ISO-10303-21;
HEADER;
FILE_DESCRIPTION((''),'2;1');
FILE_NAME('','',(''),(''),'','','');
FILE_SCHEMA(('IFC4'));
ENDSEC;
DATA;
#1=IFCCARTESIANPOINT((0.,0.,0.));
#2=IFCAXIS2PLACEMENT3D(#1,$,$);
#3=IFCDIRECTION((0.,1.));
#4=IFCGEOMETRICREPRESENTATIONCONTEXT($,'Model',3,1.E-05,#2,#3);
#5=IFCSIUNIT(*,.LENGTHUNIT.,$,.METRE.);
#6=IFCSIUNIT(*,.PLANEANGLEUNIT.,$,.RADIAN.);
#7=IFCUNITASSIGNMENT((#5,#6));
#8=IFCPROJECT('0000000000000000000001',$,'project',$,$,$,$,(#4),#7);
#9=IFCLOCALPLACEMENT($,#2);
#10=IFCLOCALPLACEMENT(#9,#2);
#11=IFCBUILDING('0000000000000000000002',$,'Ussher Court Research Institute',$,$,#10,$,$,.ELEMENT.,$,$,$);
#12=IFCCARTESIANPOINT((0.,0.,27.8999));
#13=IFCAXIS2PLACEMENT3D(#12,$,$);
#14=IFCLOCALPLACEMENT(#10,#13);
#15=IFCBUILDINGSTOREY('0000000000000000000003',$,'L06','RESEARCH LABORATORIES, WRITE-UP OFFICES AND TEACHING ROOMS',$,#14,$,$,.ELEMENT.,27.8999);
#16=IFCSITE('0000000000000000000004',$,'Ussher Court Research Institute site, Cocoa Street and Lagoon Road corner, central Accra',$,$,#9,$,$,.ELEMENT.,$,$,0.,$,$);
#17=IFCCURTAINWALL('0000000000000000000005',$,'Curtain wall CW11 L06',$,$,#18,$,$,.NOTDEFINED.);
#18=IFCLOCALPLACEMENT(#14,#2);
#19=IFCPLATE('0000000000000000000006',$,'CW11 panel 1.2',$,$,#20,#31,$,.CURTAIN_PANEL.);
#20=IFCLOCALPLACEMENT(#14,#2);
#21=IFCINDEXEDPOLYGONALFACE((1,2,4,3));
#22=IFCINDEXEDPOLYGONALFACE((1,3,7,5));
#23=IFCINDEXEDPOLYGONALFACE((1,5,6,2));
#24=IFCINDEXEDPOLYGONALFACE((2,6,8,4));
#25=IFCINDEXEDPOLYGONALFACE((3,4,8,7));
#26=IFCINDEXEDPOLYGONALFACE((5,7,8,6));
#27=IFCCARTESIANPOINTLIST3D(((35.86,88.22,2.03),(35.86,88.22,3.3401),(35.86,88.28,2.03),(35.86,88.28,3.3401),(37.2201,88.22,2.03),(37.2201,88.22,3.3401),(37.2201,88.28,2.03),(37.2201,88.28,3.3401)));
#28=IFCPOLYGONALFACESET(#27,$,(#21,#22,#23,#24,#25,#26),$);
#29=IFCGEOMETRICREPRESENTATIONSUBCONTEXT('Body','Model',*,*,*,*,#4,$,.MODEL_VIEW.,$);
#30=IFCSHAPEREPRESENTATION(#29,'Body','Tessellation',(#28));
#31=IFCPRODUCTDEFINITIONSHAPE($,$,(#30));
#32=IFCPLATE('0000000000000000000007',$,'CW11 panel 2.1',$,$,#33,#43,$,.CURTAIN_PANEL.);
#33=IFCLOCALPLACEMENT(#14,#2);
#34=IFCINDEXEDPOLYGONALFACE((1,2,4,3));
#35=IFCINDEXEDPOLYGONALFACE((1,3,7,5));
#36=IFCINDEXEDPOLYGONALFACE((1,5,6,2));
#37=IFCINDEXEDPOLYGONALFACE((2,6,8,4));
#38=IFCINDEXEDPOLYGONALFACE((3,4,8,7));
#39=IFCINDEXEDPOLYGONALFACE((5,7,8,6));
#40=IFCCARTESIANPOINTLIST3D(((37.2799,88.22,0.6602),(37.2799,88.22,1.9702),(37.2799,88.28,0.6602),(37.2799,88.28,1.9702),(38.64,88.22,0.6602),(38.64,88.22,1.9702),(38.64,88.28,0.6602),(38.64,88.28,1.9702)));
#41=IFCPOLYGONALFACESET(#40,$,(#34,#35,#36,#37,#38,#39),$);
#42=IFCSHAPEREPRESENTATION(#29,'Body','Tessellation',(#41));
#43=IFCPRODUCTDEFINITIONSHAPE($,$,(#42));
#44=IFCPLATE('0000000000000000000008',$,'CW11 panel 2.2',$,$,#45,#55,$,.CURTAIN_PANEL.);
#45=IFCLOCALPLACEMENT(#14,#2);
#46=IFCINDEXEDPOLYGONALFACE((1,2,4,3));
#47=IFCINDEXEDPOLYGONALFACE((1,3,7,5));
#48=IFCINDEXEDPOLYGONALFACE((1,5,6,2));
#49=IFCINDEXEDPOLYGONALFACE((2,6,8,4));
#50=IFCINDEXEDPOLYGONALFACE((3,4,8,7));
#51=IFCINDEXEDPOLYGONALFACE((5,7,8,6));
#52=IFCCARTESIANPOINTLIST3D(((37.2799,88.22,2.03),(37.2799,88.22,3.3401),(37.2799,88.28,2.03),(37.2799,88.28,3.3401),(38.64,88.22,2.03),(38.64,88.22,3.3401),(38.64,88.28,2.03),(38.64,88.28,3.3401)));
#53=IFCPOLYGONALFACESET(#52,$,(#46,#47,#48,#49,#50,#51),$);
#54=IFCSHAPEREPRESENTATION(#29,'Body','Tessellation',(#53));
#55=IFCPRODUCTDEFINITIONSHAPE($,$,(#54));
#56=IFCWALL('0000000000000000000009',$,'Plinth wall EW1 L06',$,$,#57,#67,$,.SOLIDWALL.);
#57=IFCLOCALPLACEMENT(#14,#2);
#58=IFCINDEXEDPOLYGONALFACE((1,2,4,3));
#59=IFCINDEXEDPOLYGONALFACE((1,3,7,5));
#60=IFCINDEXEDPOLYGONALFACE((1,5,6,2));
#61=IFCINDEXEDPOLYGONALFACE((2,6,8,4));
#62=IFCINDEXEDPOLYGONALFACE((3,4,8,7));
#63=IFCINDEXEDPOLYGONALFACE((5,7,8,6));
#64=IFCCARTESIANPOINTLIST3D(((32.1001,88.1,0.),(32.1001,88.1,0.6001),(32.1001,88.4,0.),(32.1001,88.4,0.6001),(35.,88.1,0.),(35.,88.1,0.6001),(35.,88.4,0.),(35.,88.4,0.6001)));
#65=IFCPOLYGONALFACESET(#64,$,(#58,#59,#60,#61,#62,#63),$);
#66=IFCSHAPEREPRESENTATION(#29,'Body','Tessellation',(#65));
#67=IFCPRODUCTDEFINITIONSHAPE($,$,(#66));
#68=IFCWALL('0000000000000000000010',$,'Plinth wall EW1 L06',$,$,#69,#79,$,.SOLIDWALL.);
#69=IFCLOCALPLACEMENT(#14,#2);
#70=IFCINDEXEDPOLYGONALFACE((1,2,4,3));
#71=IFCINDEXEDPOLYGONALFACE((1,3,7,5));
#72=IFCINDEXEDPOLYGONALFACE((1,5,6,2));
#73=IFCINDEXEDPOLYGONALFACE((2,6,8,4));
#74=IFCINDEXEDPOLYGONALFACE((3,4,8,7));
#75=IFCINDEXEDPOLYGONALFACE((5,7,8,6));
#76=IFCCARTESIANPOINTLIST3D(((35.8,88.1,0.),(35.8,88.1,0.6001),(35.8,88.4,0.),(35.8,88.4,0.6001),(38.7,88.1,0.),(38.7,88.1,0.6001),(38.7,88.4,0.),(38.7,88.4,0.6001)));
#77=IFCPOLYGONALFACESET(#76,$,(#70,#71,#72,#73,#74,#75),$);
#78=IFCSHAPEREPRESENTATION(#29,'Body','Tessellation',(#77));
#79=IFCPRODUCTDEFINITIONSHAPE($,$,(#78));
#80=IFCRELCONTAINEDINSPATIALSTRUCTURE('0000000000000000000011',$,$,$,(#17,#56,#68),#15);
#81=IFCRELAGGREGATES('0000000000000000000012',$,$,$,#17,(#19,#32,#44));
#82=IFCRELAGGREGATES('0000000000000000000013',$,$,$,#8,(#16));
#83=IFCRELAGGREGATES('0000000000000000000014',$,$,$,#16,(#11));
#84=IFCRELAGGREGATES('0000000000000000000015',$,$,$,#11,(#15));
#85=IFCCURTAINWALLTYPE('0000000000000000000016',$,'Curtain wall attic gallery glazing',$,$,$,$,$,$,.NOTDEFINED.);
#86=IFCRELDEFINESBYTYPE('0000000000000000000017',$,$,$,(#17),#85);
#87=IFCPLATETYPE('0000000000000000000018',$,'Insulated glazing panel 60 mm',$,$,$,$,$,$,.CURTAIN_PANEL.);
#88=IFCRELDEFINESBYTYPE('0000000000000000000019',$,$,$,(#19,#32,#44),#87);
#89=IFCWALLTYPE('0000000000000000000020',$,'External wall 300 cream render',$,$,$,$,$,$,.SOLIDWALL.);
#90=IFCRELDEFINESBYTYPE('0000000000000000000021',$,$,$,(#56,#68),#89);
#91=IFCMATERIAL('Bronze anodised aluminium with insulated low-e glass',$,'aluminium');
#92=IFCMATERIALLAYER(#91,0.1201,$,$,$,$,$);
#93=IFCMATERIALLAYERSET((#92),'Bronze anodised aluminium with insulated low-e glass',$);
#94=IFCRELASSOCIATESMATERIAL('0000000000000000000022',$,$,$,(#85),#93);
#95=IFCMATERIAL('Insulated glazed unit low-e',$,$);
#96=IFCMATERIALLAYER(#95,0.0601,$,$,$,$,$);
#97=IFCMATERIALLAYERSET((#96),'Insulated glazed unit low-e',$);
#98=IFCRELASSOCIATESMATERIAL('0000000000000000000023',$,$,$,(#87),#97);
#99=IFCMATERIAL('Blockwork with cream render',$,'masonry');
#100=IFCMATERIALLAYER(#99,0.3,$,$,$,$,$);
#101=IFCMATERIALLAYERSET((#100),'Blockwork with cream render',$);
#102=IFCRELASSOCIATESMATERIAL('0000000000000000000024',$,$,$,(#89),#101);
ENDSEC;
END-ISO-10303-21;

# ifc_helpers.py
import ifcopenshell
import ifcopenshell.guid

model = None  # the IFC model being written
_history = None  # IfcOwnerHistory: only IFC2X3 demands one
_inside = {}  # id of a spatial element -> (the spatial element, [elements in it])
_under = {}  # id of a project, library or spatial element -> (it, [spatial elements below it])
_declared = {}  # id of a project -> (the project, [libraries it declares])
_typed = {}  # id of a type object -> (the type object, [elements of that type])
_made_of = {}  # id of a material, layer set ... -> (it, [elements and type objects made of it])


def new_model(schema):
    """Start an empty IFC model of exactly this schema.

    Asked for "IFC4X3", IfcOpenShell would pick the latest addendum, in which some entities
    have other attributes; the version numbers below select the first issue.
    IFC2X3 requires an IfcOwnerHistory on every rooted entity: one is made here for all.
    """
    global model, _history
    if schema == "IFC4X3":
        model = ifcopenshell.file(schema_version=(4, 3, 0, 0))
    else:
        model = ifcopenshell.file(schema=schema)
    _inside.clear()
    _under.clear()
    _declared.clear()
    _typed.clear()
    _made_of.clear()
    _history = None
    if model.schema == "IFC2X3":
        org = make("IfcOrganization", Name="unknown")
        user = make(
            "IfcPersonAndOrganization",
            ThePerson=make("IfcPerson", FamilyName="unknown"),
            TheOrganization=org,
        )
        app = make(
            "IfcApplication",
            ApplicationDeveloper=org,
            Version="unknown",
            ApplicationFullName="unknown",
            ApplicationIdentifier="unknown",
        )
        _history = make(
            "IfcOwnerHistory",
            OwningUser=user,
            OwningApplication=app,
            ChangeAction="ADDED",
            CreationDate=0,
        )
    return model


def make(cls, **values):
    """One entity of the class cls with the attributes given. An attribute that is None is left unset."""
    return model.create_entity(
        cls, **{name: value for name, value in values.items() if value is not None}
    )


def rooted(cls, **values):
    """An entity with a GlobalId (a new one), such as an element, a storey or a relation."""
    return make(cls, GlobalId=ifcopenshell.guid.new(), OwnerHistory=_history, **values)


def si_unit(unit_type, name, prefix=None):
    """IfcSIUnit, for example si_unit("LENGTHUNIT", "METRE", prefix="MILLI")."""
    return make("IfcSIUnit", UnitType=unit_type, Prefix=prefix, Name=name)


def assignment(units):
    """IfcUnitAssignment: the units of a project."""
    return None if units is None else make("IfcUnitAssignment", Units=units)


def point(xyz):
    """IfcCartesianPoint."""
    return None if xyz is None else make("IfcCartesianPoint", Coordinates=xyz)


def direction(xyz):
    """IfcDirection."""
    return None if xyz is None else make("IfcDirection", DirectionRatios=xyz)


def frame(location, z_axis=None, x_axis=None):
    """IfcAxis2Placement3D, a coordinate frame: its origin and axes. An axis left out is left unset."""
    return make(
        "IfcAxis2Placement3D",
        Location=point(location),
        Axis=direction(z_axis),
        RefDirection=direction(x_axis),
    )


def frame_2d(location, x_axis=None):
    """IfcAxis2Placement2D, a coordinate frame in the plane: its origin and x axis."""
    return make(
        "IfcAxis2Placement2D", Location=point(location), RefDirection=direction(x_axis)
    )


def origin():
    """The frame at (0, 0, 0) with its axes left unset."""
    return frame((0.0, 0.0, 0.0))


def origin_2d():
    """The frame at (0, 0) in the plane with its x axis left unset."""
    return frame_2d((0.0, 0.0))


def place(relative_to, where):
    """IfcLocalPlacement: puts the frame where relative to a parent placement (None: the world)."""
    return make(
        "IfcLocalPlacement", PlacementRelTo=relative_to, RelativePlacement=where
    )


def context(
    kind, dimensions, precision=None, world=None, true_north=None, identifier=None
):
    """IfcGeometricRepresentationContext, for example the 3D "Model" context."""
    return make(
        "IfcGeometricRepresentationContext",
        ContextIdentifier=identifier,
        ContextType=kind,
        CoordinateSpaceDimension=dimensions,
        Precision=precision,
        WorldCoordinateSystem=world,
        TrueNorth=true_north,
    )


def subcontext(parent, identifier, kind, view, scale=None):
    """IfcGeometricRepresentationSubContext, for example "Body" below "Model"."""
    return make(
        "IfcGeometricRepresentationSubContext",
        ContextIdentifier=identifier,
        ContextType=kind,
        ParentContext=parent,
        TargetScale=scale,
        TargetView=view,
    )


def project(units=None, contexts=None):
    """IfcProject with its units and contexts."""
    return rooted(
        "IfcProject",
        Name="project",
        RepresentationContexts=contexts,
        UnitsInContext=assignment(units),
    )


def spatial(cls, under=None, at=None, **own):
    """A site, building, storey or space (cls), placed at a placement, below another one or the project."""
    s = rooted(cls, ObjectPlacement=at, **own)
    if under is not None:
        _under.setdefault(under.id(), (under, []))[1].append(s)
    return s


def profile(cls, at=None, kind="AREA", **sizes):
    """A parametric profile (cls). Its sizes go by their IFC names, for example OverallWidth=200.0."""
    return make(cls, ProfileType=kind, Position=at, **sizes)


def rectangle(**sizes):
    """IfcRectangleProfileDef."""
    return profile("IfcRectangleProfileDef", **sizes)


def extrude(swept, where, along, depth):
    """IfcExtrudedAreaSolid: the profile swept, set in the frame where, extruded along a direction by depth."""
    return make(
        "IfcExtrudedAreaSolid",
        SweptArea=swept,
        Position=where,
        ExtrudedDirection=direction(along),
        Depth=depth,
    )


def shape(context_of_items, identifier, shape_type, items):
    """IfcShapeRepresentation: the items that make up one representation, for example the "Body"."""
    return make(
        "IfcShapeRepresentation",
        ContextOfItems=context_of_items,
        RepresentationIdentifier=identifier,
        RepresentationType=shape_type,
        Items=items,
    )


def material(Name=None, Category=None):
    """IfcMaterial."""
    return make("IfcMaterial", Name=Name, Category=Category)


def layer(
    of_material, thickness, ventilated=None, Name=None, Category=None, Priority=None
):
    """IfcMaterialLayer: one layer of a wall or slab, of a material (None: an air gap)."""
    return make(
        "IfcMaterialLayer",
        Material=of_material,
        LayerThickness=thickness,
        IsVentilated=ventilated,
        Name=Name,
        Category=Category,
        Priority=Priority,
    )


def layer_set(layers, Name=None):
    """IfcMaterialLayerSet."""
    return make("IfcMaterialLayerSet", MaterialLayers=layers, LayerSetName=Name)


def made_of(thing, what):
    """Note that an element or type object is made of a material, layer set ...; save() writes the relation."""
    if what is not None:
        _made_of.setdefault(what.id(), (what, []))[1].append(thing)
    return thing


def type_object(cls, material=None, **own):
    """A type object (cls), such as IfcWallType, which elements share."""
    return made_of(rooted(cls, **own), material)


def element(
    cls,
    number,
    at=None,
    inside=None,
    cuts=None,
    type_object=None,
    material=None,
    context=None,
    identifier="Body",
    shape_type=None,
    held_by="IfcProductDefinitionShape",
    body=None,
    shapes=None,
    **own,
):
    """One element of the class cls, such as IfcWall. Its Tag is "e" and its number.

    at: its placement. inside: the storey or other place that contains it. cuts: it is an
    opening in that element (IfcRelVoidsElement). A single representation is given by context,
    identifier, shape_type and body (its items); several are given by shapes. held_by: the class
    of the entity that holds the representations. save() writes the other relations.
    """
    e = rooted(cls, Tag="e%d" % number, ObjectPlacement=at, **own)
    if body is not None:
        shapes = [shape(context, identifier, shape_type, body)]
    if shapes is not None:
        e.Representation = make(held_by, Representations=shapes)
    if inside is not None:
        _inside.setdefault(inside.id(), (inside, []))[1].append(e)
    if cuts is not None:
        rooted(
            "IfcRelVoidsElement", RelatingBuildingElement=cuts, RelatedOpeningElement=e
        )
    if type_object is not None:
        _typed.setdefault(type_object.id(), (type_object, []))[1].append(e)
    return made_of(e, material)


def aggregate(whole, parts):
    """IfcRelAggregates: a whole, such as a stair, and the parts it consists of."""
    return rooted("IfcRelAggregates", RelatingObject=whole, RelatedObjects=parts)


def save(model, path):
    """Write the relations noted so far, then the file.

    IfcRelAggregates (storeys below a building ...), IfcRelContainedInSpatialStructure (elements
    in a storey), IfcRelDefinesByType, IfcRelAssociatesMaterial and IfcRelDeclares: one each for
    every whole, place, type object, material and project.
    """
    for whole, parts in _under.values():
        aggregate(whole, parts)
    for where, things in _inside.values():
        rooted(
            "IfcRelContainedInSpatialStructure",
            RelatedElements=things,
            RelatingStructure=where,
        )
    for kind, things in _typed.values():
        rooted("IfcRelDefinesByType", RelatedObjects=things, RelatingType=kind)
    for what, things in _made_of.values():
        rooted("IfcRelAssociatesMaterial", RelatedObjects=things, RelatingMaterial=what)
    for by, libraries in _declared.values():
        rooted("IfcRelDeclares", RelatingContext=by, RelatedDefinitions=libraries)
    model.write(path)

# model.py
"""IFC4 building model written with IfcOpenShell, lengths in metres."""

from ifc_helpers import new_model, si_unit, direction, frame, frame_2d, origin, origin_2d, place, context, subcontext, project, spatial, rectangle, extrude, material, layer, layer_set, type_object, element, aggregate, save


model = new_model("IFC4")

# Units and contexts
model_context = context("Model", 3, precision=1e-05, world=origin(), true_north=direction((0.0, 1.0)))
body_context = subcontext(model_context, "Body", "Model", "MODEL_VIEW")
ifc_project = project(units=[si_unit("LENGTHUNIT", "METRE"), si_unit("PLANEANGLEUNIT", "RADIAN")], contexts=[model_context])

# Site, building, storey
site_placement = place(None, origin())
site = spatial("IfcSite", under=ifc_project, at=site_placement, Name="Ussher Court Research Institute site, Cocoa Street and Lagoon Road corner, central Accra", CompositionType="ELEMENT", RefElevation=0.0)
building_placement = place(site_placement, origin())
building = spatial("IfcBuilding", under=site, at=building_placement, Name="Ussher Court Research Institute", CompositionType="ELEMENT")
storey_placement = place(building_placement, frame((0.0, 0.0, 27.8999)))
storey = spatial("IfcBuildingStorey", under=building, at=storey_placement, Name="L06", Description="RESEARCH LABORATORIES, WRITE-UP OFFICES AND TEACHING ROOMS", CompositionType="ELEMENT", Elevation=27.8999)

# Shared definitions
ifc_material_1 = material(Name="Bronze anodised aluminium with insulated low-e glass", Category="aluminium")
ifc_layer_1 = layer(ifc_material_1, 0.1201)
ifc_layer_set_1 = layer_set([ifc_layer_1], Name="Bronze anodised aluminium with insulated low-e glass")
curtain_wall_type = type_object("IfcCurtainWallType", Name="Curtain wall attic gallery glazing", PredefinedType="NOTDEFINED", material=ifc_layer_set_1)

# Curtain wall
curtain_wall_1_placement = place(storey_placement, origin())
curtain_wall_1 = element("IfcCurtainWall", 1, at=curtain_wall_1_placement, inside=storey, type_object=curtain_wall_type, Name="Curtain wall CW11 L06", PredefinedType="NOTDEFINED")

# Plates
ifc_material_2 = material(Name="Insulated glazed unit low-e")
ifc_layer_2 = layer(ifc_material_2, 0.0601)
ifc_layer_set_2 = layer_set([ifc_layer_2], Name="Insulated glazed unit low-e")
plate_type = type_object("IfcPlateType", Name="Insulated glazing panel 60 mm", PredefinedType="CURTAIN_PANEL", material=ifc_layer_set_2)
plate_1_placement = place(storey_placement, frame((36.54, 88.25, 2.03), z_axis=(0.0, 0.0, 1.0), x_axis=(1.0, 0.0, 0.0)))
plate_1 = element("IfcPlate", 2, at=plate_1_placement, type_object=plate_type, Name="CW11 panel 1.2", PredefinedType="CURTAIN_PANEL", context=body_context, shape_type="SweptSolid", body=[
    extrude(rectangle(XDim=1.3601, YDim=0.0601, at=origin_2d()), origin(), (0.0, 0.0, 1.0), 1.3101),
])
plate_2_placement = place(storey_placement, frame((37.96, 88.25, 0.6602), z_axis=(0.0, 0.0, 1.0), x_axis=(1.0, 0.0, 0.0)))
plate_2 = element("IfcPlate", 3, at=plate_2_placement, type_object=plate_type, Name="CW11 panel 2.1", PredefinedType="CURTAIN_PANEL", context=body_context, shape_type="SweptSolid", body=[
    extrude(rectangle(XDim=1.3601, YDim=0.0601, at=origin_2d()), origin(), (0.0, 0.0, 1.0), 1.3101),
])
plate_3_placement = place(storey_placement, frame((37.96, 88.25, 2.03), z_axis=(0.0, 0.0, 1.0), x_axis=(1.0, 0.0, 0.0)))
plate_3 = element("IfcPlate", 4, at=plate_3_placement, type_object=plate_type, Name="CW11 panel 2.2", PredefinedType="CURTAIN_PANEL", context=body_context, shape_type="SweptSolid", body=[
    extrude(rectangle(XDim=1.3601, YDim=0.0601, at=origin_2d()), origin(), (0.0, 0.0, 1.0), 1.3101),
])
aggregate(curtain_wall_1, [plate_1, plate_2, plate_3])

# Walls
ifc_material_3 = material(Name="Blockwork with cream render", Category="masonry")
ifc_layer_3 = layer(ifc_material_3, 0.3)
ifc_layer_set_3 = layer_set([ifc_layer_3], Name="Blockwork with cream render")
wall_type = type_object("IfcWallType", Name="External wall 300 cream render", PredefinedType="SOLIDWALL", material=ifc_layer_set_3)
for number, where, z_axis, x_axis, name in (
    (5, (32.1001, 88.25, 0.0), (0.0, 0.0, 1.0), (1.0, 0.0, 0.0), "Plinth wall EW1 L06"),
    (6, (35.8, 88.25, 0.0), (0.0, 0.0, 1.0), (1.0, 0.0, 0.0), "Plinth wall EW1 L06"),
):
    element("IfcWall", number, at=place(storey_placement, frame(where, z_axis=z_axis, x_axis=x_axis)), inside=storey, type_object=wall_type, Name=name, PredefinedType="SOLIDWALL", context=body_context, shape_type="SweptSolid", body=[
        extrude(rectangle(XDim=2.8999, YDim=0.3, at=frame_2d((1.45, 0.0))), origin(), (0.0, 0.0, 1.0), 0.6001),
    ])

save(model, "model.ifc")
